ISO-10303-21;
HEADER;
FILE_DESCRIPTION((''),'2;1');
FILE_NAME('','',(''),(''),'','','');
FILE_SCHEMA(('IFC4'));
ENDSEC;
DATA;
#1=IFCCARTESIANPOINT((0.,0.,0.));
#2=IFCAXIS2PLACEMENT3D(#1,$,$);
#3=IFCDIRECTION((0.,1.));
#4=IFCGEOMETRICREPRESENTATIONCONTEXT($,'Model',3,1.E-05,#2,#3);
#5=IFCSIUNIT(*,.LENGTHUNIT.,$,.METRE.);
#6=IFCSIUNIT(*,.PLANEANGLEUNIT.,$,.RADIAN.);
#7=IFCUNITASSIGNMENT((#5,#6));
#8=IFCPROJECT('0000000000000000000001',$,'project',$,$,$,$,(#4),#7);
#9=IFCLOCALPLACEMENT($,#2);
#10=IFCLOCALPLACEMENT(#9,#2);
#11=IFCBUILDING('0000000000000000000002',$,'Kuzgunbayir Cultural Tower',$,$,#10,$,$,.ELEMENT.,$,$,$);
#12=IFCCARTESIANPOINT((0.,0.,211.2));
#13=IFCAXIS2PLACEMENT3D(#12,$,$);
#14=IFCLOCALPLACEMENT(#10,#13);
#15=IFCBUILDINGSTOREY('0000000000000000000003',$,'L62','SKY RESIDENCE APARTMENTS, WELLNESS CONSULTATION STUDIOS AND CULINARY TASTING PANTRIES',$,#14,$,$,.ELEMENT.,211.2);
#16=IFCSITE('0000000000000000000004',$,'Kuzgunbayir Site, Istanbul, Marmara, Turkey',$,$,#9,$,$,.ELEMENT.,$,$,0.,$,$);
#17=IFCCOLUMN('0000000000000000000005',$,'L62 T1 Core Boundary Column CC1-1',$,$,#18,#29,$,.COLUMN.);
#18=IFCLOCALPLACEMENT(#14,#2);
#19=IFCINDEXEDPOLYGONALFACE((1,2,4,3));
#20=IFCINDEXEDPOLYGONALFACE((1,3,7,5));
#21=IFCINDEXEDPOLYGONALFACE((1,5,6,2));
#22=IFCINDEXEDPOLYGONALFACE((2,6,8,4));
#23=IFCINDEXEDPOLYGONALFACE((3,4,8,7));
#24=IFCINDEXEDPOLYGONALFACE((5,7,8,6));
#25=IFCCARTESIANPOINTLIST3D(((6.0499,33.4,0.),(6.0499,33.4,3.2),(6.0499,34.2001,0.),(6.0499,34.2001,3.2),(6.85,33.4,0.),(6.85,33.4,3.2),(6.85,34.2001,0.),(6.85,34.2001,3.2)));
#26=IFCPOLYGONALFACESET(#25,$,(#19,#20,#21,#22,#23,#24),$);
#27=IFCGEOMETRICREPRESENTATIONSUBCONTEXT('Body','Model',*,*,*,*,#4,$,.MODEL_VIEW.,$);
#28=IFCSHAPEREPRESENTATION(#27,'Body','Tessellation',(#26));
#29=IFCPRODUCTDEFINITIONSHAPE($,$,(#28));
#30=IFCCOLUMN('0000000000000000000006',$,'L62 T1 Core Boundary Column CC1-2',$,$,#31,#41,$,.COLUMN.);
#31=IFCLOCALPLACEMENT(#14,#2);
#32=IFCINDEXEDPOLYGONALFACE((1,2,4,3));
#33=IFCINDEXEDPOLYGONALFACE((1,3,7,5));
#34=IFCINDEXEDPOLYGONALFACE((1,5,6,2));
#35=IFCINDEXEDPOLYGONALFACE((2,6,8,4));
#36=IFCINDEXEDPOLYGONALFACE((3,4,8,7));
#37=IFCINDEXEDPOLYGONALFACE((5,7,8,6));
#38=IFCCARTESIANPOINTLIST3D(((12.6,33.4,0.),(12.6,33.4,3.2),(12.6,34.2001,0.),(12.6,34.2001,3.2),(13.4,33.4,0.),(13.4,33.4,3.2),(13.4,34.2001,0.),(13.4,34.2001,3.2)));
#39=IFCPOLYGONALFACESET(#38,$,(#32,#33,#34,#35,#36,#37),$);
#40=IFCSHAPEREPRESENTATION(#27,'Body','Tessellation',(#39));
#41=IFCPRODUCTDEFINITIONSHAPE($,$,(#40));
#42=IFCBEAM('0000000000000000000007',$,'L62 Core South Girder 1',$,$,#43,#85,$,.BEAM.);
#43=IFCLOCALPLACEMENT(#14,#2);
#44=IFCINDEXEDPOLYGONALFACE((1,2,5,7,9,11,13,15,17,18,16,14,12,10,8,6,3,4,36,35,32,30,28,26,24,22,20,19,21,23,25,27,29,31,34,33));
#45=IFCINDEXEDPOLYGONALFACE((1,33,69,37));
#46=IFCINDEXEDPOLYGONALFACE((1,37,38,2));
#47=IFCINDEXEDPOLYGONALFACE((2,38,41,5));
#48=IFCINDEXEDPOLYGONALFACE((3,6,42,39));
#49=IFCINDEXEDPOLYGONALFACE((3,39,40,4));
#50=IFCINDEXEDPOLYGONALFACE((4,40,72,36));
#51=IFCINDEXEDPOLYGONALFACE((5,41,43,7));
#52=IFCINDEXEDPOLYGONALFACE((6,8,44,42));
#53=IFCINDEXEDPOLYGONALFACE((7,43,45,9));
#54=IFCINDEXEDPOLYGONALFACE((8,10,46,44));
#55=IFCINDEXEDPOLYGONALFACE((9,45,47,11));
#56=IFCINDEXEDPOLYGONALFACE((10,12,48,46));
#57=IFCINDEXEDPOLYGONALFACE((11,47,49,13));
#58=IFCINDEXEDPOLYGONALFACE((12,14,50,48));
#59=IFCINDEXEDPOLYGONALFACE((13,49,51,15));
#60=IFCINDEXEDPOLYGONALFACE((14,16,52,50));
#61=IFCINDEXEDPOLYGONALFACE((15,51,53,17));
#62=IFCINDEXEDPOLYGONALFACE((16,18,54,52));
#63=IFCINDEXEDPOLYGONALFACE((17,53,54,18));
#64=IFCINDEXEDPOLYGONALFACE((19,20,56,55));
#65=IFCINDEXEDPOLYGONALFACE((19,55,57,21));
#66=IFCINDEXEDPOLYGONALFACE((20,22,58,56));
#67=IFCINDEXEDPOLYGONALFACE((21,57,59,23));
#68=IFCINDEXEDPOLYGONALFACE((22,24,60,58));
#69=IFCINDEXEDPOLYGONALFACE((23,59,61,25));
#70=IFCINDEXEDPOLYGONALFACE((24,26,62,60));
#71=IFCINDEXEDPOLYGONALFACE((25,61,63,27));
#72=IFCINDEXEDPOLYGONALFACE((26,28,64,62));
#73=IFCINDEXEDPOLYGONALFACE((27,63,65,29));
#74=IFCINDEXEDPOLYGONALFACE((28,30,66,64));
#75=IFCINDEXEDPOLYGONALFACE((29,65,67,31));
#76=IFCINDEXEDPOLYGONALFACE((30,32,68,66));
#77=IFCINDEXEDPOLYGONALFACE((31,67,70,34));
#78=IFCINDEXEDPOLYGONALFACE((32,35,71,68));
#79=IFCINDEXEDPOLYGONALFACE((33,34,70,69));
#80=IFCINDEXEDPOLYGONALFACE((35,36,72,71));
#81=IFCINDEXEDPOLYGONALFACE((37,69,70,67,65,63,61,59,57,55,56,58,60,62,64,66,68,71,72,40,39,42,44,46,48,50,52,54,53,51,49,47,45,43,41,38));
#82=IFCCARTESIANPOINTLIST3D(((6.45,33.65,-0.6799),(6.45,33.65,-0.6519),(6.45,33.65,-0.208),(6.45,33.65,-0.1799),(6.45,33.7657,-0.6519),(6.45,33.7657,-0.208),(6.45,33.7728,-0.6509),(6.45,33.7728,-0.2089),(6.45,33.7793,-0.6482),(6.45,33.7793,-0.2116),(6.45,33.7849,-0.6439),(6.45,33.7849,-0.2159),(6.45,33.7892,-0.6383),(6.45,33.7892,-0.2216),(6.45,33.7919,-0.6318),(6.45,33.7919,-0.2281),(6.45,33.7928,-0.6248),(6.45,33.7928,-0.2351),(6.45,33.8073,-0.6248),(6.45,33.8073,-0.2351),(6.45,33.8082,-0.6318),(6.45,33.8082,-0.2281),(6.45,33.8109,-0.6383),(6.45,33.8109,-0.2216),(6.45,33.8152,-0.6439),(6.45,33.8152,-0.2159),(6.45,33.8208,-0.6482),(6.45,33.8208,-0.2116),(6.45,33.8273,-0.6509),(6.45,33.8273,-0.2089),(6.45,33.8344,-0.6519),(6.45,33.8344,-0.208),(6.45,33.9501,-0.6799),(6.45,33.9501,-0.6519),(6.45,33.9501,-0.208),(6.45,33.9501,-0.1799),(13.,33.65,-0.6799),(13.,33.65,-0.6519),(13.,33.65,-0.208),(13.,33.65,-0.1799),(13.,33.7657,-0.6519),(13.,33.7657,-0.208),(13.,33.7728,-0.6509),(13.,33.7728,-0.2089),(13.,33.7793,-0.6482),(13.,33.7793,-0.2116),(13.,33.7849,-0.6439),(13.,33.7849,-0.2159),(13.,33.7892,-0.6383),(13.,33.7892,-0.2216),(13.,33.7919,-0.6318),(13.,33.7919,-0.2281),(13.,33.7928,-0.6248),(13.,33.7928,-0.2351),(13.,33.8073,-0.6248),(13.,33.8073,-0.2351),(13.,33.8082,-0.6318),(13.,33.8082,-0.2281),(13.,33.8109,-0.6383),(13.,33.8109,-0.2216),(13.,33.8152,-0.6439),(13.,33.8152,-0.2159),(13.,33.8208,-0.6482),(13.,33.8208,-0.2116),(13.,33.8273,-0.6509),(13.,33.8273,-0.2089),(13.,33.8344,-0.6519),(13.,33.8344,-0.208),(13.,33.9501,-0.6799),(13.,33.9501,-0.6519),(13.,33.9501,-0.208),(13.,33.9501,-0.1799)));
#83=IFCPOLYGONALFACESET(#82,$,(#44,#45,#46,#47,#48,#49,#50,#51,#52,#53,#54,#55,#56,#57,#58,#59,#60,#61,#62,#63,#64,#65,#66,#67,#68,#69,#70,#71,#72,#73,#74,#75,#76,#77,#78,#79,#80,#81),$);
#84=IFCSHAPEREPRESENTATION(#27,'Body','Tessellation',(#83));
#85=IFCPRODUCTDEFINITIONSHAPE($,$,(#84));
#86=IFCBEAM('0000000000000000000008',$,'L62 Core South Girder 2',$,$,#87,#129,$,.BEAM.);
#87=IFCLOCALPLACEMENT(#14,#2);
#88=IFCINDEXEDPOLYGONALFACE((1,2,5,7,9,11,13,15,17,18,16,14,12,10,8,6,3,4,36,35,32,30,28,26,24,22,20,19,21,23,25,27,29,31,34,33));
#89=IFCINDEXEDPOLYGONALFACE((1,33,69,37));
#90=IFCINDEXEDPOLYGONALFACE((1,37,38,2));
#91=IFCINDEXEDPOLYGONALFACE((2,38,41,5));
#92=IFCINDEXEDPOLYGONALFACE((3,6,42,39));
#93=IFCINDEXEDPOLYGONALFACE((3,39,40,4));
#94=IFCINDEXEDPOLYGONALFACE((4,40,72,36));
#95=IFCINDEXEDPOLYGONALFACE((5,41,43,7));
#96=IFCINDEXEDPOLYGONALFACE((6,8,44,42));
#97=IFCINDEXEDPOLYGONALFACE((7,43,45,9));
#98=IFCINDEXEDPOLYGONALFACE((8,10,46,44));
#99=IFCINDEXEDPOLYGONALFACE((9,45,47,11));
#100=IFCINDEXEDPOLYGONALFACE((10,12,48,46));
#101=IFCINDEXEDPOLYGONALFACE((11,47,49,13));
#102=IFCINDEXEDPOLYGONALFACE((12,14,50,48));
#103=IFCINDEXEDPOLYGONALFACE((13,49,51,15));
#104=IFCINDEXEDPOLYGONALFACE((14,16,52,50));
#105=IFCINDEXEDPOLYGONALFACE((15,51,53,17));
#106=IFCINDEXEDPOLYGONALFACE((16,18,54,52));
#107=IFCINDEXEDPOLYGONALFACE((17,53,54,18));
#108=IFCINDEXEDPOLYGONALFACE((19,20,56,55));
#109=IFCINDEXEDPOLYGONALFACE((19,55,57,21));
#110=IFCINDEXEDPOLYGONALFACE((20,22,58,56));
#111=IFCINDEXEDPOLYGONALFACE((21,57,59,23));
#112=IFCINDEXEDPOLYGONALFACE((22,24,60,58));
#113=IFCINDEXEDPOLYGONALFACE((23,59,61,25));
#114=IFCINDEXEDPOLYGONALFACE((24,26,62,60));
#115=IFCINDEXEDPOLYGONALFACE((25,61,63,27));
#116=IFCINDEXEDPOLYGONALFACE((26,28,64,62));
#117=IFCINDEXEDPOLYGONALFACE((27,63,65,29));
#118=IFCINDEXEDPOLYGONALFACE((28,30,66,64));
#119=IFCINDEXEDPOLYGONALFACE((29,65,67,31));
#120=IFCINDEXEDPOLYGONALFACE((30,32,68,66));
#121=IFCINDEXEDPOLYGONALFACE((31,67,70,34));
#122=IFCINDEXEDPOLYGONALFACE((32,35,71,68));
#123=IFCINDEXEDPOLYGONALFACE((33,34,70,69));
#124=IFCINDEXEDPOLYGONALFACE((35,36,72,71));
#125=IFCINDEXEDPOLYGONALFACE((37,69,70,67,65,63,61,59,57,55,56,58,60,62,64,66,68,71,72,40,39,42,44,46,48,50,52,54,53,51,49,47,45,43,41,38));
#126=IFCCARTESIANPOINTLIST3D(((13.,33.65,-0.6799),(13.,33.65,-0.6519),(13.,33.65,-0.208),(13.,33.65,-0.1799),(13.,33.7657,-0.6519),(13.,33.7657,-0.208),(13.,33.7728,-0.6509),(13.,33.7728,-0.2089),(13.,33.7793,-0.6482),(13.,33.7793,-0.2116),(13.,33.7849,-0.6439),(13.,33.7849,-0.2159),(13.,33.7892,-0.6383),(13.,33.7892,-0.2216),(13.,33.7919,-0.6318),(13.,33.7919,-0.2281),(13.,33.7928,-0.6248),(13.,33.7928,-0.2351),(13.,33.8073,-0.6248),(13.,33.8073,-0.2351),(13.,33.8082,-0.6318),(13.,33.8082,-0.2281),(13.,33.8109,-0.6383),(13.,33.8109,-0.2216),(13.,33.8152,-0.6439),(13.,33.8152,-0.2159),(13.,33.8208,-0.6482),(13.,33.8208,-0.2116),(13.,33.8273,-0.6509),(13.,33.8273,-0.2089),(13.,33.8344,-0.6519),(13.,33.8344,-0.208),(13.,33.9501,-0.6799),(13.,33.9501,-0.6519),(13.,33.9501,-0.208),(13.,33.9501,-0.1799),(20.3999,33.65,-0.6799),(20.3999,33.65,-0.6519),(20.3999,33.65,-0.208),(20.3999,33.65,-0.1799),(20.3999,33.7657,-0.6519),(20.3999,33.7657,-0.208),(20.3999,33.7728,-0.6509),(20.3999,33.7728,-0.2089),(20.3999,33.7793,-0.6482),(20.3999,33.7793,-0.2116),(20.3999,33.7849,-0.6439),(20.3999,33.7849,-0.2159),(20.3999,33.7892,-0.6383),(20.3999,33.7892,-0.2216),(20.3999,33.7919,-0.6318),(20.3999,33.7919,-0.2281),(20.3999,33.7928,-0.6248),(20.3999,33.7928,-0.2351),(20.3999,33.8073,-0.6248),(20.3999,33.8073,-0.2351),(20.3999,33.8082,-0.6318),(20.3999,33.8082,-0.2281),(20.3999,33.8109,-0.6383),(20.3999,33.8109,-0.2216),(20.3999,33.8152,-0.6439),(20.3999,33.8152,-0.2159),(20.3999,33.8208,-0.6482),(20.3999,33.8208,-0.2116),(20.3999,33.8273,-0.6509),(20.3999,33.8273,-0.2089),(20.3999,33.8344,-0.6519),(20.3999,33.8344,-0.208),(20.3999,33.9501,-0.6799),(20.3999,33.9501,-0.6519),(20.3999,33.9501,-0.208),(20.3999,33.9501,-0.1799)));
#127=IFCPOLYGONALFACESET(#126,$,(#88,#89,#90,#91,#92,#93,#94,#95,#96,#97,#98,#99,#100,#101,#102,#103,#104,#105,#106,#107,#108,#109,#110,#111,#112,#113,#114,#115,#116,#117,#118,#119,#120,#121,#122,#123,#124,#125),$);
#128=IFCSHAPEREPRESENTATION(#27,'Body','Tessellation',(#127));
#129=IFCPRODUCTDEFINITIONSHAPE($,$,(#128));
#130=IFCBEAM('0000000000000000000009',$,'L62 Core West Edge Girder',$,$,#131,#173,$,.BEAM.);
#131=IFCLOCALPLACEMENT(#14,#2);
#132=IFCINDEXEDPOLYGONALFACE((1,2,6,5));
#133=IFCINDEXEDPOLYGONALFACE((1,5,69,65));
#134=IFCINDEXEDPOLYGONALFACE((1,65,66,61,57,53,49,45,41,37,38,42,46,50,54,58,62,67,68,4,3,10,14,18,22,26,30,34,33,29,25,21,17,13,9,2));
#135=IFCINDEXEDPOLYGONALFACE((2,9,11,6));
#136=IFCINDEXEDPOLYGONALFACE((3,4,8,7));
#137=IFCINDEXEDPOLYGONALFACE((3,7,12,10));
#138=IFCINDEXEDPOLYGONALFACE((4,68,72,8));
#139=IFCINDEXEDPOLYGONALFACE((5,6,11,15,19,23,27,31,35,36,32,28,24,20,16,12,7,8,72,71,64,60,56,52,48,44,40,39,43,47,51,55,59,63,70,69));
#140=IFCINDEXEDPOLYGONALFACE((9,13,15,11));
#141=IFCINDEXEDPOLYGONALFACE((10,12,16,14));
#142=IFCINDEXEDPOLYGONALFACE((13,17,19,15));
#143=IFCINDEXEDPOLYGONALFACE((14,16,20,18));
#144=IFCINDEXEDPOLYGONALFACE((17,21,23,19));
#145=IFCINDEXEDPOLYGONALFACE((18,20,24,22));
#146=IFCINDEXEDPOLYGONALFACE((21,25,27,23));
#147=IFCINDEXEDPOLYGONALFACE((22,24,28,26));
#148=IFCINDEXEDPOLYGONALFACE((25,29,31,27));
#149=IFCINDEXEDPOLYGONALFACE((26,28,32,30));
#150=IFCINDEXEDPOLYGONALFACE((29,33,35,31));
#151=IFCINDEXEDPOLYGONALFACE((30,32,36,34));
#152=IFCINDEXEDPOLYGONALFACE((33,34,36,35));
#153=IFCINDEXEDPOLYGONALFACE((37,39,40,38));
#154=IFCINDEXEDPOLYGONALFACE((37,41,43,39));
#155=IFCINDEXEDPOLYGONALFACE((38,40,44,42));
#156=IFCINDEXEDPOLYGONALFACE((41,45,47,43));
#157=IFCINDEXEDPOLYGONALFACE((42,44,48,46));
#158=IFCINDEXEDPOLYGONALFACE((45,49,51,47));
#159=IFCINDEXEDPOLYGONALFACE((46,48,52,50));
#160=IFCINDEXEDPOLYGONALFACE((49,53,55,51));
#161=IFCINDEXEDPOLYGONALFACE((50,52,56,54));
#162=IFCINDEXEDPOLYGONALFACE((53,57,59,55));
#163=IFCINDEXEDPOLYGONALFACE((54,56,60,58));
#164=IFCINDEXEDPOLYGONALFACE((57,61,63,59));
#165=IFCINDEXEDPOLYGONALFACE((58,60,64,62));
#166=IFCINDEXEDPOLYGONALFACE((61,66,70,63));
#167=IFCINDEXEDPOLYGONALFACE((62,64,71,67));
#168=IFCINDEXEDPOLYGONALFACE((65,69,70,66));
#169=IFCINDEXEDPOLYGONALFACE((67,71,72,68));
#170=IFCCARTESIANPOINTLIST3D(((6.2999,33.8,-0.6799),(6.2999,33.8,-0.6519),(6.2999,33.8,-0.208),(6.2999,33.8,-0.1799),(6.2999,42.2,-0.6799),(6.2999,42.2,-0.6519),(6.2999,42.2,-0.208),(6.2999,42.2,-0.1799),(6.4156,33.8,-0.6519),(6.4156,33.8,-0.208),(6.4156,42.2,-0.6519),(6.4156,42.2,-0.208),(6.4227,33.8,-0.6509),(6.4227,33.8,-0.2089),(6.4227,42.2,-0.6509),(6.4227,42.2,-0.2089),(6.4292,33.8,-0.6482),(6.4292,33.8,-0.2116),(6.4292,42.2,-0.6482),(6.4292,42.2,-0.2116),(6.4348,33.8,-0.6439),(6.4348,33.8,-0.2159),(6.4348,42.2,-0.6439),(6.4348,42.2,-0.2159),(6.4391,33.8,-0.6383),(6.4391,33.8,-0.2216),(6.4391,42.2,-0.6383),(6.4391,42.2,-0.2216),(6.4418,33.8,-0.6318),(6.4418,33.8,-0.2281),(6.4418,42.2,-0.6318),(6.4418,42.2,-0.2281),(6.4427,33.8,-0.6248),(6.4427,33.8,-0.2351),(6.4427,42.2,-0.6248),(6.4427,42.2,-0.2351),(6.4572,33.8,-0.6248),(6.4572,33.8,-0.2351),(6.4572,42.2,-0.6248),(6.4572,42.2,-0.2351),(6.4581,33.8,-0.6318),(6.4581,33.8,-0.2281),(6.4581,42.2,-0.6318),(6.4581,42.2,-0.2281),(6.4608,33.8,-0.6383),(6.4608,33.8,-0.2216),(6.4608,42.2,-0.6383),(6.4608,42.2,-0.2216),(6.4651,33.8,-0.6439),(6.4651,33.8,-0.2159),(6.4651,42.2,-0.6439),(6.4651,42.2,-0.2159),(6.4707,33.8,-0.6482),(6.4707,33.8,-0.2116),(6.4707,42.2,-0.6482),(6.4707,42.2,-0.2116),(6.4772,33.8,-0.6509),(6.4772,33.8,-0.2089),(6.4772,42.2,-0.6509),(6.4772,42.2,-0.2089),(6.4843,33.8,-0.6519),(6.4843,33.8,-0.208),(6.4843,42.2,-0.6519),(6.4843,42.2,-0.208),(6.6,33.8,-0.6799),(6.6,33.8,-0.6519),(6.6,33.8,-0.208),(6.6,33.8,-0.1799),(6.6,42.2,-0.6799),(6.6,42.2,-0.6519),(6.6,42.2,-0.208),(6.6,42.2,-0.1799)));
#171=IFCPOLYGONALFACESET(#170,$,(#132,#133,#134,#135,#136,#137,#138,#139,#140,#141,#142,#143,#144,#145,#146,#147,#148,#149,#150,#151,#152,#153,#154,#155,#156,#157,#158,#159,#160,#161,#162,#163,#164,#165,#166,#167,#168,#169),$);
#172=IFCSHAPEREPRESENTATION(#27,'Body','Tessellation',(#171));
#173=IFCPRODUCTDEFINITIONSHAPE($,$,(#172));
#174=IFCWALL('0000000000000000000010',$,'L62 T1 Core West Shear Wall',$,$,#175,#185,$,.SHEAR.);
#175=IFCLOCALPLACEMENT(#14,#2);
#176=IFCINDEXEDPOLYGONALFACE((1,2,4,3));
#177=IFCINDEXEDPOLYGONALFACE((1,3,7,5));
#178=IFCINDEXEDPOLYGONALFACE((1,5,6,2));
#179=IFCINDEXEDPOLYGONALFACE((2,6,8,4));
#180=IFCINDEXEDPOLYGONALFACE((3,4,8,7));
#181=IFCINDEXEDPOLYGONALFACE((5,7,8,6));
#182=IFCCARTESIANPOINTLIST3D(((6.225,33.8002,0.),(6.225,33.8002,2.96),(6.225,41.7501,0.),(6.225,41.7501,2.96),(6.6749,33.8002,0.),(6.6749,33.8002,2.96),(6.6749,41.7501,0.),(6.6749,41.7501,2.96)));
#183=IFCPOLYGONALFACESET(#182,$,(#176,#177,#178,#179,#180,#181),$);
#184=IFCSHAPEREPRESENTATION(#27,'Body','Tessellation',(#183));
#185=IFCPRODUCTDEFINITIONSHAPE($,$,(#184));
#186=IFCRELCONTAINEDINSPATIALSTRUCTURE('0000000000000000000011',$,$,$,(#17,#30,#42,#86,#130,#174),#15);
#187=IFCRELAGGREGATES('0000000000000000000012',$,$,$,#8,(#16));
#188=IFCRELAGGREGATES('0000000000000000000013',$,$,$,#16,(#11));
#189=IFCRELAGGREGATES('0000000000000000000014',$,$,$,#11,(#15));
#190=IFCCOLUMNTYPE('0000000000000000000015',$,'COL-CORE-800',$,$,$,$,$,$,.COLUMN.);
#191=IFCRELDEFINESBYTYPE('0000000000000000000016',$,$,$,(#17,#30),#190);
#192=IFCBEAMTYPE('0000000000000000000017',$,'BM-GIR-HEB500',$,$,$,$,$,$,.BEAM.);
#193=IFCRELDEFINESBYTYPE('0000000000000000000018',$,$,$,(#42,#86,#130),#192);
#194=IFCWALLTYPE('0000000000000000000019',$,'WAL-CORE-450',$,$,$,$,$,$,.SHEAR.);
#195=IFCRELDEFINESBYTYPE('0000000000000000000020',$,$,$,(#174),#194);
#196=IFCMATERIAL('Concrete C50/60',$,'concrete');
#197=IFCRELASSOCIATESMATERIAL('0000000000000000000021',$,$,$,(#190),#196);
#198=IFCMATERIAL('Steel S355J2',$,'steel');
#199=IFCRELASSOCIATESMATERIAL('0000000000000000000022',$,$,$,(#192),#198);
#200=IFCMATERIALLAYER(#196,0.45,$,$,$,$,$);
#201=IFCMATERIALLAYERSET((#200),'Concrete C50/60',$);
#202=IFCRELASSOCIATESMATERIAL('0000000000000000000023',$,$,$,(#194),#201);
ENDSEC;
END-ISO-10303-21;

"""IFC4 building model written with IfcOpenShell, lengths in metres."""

from ifc_helpers import new_model, si_unit, direction, frame, frame_2d, origin, origin_2d, place, context, subcontext, project, spatial, rectangle, i_section, extrude, material, layer, layer_set, material_profile, profile_set, type_object, element, save


model = new_model("IFC4")

# Units and contexts
model_context = context("Model", 3, precision=1e-05, world=origin(), true_north=direction((0.0, 1.0)))
body_context = subcontext(model_context, "Body", "Model", "MODEL_VIEW")
ifc_project = project(units=[si_unit("LENGTHUNIT", "METRE"), si_unit("PLANEANGLEUNIT", "RADIAN")], contexts=[model_context])

# Site, building, storey
site_placement = place(None, origin())
site = spatial("IfcSite", under=ifc_project, at=site_placement, Name="Kuzgunbayir Site, Istanbul, Marmara, Turkey", CompositionType="ELEMENT", RefElevation=0.0)
building_placement = place(site_placement, origin())
building = spatial("IfcBuilding", under=site, at=building_placement, Name="Kuzgunbayir Cultural Tower", CompositionType="ELEMENT")
storey_placement = place(building_placement, frame((0.0, 0.0, 211.2)))
storey = spatial("IfcBuildingStorey", under=building, at=storey_placement, Name="L62", Description="SKY RESIDENCE APARTMENTS, WELLNESS CONSULTATION STUDIOS AND CULINARY TASTING PANTRIES", CompositionType="ELEMENT", Elevation=211.2)

# Columns
ifc_material_1 = material(Name="Concrete C50/60", Category="concrete")
ifc_material_profile_1 = material_profile(ifc_material_1, rectangle(XDim=0.8, YDim=0.8, at=origin_2d()), Name="RC 800x800")
ifc_profile_set_1 = profile_set([ifc_material_profile_1], Name="Concrete C50/60")
column_type = type_object("IfcColumnType", Name="COL-CORE-800", PredefinedType="COLUMN", material=ifc_profile_set_1)
for number, where, z_axis, x_axis, name in (
    (1, (6.45, 33.8, 0.0), (0.0, 0.0, 1.0), (1.0, 0.0, 0.0), "L62 T1 Core Boundary Column CC1-1"),
    (2, (13.0, 33.8, 0.0), (0.0, 0.0, 1.0), (1.0, 0.0, 0.0), "L62 T1 Core Boundary Column CC1-2"),
):
    element("IfcColumn", number, at=place(storey_placement, frame(where, z_axis=z_axis, x_axis=x_axis)), inside=storey, type_object=column_type, Name=name, PredefinedType="COLUMN", context=body_context, shape_type="SweptSolid", body=[
        extrude(rectangle(XDim=0.8, YDim=0.8, at=origin_2d()), origin(), (0.0, 0.0, 1.0), 3.2),
    ])

# Beams
ifc_material_2 = material(Name="Steel S355J2", Category="steel")
ifc_material_profile_2 = material_profile(ifc_material_2, i_section(OverallWidth=0.3, OverallDepth=0.5, WebThickness=0.0144, FlangeThickness=0.0281, FilletRadius=0.0271, at=origin_2d()), Name="HEB 500")
ifc_profile_set_2 = profile_set([ifc_material_profile_2], Name="Steel S355J2")
beam_type = type_object("IfcBeamType", Name="BM-GIR-HEB500", PredefinedType="BEAM", material=ifc_profile_set_2)
beam_1_placement = place(storey_placement, frame((6.45, 33.8, -0.4299), z_axis=(1.0, 0.0, 0.0), x_axis=(0.0, 1.0, 0.0)))
element("IfcBeam", 3, at=beam_1_placement, inside=storey, type_object=beam_type, Name="L62 Core South Girder 1", PredefinedType="BEAM", context=body_context, shape_type="SweptSolid", body=[
    extrude(i_section(OverallWidth=0.3, OverallDepth=0.5, WebThickness=0.0144, FlangeThickness=0.0281, FilletRadius=0.0271, at=origin_2d()), origin(), (0.0, 0.0, 1.0), 6.55),
])
beam_2_placement = place(storey_placement, frame((13.0, 33.8, -0.4299), z_axis=(1.0, 0.0, 0.0), x_axis=(0.0, 1.0, 0.0)))
element("IfcBeam", 4, at=beam_2_placement, inside=storey, type_object=beam_type, Name="L62 Core South Girder 2", PredefinedType="BEAM", context=body_context, shape_type="SweptSolid", body=[
    extrude(i_section(OverallWidth=0.3, OverallDepth=0.5, WebThickness=0.0144, FlangeThickness=0.0281, FilletRadius=0.0271, at=origin_2d()), origin(), (0.0, 0.0, 1.0), 7.3999),
])
beam_3_placement = place(storey_placement, frame((6.45, 33.8, -0.4299), z_axis=(0.0, 1.0, 0.0), x_axis=(-1.0, 0.0, 0.0)))
element("IfcBeam", 5, at=beam_3_placement, inside=storey, type_object=beam_type, Name="L62 Core West Edge Girder", PredefinedType="BEAM", context=body_context, shape_type="SweptSolid", body=[
    extrude(i_section(OverallWidth=0.3, OverallDepth=0.5, WebThickness=0.0144, FlangeThickness=0.0281, FilletRadius=0.0271, at=origin_2d()), origin(), (0.0, 0.0, 1.0), 8.3999),
])

# Wall
ifc_layer_1 = layer(ifc_material_1, 0.45)
ifc_layer_set_1 = layer_set([ifc_layer_1], Name="Concrete C50/60")
wall_type_1 = type_object("IfcWallType", Name="WAL-CORE-450", PredefinedType="SHEAR", material=ifc_layer_set_1)
wall_1_placement = place(storey_placement, frame((6.45, 33.8, 0.0), z_axis=(0.0, 0.0, 1.0), x_axis=(0.0, 1.0, 0.0)))
element("IfcWall", 6, at=wall_1_placement, inside=storey, type_object=wall_type_1, Name="L62 T1 Core West Shear Wall", PredefinedType="SHEAR", context=body_context, shape_type="SweptSolid", body=[
    extrude(rectangle(XDim=7.95, YDim=0.45, at=frame_2d((3.9751, 0.0))), origin(), (0.0, 0.0, 1.0), 2.96),
])

save(model, "model.ifc")
